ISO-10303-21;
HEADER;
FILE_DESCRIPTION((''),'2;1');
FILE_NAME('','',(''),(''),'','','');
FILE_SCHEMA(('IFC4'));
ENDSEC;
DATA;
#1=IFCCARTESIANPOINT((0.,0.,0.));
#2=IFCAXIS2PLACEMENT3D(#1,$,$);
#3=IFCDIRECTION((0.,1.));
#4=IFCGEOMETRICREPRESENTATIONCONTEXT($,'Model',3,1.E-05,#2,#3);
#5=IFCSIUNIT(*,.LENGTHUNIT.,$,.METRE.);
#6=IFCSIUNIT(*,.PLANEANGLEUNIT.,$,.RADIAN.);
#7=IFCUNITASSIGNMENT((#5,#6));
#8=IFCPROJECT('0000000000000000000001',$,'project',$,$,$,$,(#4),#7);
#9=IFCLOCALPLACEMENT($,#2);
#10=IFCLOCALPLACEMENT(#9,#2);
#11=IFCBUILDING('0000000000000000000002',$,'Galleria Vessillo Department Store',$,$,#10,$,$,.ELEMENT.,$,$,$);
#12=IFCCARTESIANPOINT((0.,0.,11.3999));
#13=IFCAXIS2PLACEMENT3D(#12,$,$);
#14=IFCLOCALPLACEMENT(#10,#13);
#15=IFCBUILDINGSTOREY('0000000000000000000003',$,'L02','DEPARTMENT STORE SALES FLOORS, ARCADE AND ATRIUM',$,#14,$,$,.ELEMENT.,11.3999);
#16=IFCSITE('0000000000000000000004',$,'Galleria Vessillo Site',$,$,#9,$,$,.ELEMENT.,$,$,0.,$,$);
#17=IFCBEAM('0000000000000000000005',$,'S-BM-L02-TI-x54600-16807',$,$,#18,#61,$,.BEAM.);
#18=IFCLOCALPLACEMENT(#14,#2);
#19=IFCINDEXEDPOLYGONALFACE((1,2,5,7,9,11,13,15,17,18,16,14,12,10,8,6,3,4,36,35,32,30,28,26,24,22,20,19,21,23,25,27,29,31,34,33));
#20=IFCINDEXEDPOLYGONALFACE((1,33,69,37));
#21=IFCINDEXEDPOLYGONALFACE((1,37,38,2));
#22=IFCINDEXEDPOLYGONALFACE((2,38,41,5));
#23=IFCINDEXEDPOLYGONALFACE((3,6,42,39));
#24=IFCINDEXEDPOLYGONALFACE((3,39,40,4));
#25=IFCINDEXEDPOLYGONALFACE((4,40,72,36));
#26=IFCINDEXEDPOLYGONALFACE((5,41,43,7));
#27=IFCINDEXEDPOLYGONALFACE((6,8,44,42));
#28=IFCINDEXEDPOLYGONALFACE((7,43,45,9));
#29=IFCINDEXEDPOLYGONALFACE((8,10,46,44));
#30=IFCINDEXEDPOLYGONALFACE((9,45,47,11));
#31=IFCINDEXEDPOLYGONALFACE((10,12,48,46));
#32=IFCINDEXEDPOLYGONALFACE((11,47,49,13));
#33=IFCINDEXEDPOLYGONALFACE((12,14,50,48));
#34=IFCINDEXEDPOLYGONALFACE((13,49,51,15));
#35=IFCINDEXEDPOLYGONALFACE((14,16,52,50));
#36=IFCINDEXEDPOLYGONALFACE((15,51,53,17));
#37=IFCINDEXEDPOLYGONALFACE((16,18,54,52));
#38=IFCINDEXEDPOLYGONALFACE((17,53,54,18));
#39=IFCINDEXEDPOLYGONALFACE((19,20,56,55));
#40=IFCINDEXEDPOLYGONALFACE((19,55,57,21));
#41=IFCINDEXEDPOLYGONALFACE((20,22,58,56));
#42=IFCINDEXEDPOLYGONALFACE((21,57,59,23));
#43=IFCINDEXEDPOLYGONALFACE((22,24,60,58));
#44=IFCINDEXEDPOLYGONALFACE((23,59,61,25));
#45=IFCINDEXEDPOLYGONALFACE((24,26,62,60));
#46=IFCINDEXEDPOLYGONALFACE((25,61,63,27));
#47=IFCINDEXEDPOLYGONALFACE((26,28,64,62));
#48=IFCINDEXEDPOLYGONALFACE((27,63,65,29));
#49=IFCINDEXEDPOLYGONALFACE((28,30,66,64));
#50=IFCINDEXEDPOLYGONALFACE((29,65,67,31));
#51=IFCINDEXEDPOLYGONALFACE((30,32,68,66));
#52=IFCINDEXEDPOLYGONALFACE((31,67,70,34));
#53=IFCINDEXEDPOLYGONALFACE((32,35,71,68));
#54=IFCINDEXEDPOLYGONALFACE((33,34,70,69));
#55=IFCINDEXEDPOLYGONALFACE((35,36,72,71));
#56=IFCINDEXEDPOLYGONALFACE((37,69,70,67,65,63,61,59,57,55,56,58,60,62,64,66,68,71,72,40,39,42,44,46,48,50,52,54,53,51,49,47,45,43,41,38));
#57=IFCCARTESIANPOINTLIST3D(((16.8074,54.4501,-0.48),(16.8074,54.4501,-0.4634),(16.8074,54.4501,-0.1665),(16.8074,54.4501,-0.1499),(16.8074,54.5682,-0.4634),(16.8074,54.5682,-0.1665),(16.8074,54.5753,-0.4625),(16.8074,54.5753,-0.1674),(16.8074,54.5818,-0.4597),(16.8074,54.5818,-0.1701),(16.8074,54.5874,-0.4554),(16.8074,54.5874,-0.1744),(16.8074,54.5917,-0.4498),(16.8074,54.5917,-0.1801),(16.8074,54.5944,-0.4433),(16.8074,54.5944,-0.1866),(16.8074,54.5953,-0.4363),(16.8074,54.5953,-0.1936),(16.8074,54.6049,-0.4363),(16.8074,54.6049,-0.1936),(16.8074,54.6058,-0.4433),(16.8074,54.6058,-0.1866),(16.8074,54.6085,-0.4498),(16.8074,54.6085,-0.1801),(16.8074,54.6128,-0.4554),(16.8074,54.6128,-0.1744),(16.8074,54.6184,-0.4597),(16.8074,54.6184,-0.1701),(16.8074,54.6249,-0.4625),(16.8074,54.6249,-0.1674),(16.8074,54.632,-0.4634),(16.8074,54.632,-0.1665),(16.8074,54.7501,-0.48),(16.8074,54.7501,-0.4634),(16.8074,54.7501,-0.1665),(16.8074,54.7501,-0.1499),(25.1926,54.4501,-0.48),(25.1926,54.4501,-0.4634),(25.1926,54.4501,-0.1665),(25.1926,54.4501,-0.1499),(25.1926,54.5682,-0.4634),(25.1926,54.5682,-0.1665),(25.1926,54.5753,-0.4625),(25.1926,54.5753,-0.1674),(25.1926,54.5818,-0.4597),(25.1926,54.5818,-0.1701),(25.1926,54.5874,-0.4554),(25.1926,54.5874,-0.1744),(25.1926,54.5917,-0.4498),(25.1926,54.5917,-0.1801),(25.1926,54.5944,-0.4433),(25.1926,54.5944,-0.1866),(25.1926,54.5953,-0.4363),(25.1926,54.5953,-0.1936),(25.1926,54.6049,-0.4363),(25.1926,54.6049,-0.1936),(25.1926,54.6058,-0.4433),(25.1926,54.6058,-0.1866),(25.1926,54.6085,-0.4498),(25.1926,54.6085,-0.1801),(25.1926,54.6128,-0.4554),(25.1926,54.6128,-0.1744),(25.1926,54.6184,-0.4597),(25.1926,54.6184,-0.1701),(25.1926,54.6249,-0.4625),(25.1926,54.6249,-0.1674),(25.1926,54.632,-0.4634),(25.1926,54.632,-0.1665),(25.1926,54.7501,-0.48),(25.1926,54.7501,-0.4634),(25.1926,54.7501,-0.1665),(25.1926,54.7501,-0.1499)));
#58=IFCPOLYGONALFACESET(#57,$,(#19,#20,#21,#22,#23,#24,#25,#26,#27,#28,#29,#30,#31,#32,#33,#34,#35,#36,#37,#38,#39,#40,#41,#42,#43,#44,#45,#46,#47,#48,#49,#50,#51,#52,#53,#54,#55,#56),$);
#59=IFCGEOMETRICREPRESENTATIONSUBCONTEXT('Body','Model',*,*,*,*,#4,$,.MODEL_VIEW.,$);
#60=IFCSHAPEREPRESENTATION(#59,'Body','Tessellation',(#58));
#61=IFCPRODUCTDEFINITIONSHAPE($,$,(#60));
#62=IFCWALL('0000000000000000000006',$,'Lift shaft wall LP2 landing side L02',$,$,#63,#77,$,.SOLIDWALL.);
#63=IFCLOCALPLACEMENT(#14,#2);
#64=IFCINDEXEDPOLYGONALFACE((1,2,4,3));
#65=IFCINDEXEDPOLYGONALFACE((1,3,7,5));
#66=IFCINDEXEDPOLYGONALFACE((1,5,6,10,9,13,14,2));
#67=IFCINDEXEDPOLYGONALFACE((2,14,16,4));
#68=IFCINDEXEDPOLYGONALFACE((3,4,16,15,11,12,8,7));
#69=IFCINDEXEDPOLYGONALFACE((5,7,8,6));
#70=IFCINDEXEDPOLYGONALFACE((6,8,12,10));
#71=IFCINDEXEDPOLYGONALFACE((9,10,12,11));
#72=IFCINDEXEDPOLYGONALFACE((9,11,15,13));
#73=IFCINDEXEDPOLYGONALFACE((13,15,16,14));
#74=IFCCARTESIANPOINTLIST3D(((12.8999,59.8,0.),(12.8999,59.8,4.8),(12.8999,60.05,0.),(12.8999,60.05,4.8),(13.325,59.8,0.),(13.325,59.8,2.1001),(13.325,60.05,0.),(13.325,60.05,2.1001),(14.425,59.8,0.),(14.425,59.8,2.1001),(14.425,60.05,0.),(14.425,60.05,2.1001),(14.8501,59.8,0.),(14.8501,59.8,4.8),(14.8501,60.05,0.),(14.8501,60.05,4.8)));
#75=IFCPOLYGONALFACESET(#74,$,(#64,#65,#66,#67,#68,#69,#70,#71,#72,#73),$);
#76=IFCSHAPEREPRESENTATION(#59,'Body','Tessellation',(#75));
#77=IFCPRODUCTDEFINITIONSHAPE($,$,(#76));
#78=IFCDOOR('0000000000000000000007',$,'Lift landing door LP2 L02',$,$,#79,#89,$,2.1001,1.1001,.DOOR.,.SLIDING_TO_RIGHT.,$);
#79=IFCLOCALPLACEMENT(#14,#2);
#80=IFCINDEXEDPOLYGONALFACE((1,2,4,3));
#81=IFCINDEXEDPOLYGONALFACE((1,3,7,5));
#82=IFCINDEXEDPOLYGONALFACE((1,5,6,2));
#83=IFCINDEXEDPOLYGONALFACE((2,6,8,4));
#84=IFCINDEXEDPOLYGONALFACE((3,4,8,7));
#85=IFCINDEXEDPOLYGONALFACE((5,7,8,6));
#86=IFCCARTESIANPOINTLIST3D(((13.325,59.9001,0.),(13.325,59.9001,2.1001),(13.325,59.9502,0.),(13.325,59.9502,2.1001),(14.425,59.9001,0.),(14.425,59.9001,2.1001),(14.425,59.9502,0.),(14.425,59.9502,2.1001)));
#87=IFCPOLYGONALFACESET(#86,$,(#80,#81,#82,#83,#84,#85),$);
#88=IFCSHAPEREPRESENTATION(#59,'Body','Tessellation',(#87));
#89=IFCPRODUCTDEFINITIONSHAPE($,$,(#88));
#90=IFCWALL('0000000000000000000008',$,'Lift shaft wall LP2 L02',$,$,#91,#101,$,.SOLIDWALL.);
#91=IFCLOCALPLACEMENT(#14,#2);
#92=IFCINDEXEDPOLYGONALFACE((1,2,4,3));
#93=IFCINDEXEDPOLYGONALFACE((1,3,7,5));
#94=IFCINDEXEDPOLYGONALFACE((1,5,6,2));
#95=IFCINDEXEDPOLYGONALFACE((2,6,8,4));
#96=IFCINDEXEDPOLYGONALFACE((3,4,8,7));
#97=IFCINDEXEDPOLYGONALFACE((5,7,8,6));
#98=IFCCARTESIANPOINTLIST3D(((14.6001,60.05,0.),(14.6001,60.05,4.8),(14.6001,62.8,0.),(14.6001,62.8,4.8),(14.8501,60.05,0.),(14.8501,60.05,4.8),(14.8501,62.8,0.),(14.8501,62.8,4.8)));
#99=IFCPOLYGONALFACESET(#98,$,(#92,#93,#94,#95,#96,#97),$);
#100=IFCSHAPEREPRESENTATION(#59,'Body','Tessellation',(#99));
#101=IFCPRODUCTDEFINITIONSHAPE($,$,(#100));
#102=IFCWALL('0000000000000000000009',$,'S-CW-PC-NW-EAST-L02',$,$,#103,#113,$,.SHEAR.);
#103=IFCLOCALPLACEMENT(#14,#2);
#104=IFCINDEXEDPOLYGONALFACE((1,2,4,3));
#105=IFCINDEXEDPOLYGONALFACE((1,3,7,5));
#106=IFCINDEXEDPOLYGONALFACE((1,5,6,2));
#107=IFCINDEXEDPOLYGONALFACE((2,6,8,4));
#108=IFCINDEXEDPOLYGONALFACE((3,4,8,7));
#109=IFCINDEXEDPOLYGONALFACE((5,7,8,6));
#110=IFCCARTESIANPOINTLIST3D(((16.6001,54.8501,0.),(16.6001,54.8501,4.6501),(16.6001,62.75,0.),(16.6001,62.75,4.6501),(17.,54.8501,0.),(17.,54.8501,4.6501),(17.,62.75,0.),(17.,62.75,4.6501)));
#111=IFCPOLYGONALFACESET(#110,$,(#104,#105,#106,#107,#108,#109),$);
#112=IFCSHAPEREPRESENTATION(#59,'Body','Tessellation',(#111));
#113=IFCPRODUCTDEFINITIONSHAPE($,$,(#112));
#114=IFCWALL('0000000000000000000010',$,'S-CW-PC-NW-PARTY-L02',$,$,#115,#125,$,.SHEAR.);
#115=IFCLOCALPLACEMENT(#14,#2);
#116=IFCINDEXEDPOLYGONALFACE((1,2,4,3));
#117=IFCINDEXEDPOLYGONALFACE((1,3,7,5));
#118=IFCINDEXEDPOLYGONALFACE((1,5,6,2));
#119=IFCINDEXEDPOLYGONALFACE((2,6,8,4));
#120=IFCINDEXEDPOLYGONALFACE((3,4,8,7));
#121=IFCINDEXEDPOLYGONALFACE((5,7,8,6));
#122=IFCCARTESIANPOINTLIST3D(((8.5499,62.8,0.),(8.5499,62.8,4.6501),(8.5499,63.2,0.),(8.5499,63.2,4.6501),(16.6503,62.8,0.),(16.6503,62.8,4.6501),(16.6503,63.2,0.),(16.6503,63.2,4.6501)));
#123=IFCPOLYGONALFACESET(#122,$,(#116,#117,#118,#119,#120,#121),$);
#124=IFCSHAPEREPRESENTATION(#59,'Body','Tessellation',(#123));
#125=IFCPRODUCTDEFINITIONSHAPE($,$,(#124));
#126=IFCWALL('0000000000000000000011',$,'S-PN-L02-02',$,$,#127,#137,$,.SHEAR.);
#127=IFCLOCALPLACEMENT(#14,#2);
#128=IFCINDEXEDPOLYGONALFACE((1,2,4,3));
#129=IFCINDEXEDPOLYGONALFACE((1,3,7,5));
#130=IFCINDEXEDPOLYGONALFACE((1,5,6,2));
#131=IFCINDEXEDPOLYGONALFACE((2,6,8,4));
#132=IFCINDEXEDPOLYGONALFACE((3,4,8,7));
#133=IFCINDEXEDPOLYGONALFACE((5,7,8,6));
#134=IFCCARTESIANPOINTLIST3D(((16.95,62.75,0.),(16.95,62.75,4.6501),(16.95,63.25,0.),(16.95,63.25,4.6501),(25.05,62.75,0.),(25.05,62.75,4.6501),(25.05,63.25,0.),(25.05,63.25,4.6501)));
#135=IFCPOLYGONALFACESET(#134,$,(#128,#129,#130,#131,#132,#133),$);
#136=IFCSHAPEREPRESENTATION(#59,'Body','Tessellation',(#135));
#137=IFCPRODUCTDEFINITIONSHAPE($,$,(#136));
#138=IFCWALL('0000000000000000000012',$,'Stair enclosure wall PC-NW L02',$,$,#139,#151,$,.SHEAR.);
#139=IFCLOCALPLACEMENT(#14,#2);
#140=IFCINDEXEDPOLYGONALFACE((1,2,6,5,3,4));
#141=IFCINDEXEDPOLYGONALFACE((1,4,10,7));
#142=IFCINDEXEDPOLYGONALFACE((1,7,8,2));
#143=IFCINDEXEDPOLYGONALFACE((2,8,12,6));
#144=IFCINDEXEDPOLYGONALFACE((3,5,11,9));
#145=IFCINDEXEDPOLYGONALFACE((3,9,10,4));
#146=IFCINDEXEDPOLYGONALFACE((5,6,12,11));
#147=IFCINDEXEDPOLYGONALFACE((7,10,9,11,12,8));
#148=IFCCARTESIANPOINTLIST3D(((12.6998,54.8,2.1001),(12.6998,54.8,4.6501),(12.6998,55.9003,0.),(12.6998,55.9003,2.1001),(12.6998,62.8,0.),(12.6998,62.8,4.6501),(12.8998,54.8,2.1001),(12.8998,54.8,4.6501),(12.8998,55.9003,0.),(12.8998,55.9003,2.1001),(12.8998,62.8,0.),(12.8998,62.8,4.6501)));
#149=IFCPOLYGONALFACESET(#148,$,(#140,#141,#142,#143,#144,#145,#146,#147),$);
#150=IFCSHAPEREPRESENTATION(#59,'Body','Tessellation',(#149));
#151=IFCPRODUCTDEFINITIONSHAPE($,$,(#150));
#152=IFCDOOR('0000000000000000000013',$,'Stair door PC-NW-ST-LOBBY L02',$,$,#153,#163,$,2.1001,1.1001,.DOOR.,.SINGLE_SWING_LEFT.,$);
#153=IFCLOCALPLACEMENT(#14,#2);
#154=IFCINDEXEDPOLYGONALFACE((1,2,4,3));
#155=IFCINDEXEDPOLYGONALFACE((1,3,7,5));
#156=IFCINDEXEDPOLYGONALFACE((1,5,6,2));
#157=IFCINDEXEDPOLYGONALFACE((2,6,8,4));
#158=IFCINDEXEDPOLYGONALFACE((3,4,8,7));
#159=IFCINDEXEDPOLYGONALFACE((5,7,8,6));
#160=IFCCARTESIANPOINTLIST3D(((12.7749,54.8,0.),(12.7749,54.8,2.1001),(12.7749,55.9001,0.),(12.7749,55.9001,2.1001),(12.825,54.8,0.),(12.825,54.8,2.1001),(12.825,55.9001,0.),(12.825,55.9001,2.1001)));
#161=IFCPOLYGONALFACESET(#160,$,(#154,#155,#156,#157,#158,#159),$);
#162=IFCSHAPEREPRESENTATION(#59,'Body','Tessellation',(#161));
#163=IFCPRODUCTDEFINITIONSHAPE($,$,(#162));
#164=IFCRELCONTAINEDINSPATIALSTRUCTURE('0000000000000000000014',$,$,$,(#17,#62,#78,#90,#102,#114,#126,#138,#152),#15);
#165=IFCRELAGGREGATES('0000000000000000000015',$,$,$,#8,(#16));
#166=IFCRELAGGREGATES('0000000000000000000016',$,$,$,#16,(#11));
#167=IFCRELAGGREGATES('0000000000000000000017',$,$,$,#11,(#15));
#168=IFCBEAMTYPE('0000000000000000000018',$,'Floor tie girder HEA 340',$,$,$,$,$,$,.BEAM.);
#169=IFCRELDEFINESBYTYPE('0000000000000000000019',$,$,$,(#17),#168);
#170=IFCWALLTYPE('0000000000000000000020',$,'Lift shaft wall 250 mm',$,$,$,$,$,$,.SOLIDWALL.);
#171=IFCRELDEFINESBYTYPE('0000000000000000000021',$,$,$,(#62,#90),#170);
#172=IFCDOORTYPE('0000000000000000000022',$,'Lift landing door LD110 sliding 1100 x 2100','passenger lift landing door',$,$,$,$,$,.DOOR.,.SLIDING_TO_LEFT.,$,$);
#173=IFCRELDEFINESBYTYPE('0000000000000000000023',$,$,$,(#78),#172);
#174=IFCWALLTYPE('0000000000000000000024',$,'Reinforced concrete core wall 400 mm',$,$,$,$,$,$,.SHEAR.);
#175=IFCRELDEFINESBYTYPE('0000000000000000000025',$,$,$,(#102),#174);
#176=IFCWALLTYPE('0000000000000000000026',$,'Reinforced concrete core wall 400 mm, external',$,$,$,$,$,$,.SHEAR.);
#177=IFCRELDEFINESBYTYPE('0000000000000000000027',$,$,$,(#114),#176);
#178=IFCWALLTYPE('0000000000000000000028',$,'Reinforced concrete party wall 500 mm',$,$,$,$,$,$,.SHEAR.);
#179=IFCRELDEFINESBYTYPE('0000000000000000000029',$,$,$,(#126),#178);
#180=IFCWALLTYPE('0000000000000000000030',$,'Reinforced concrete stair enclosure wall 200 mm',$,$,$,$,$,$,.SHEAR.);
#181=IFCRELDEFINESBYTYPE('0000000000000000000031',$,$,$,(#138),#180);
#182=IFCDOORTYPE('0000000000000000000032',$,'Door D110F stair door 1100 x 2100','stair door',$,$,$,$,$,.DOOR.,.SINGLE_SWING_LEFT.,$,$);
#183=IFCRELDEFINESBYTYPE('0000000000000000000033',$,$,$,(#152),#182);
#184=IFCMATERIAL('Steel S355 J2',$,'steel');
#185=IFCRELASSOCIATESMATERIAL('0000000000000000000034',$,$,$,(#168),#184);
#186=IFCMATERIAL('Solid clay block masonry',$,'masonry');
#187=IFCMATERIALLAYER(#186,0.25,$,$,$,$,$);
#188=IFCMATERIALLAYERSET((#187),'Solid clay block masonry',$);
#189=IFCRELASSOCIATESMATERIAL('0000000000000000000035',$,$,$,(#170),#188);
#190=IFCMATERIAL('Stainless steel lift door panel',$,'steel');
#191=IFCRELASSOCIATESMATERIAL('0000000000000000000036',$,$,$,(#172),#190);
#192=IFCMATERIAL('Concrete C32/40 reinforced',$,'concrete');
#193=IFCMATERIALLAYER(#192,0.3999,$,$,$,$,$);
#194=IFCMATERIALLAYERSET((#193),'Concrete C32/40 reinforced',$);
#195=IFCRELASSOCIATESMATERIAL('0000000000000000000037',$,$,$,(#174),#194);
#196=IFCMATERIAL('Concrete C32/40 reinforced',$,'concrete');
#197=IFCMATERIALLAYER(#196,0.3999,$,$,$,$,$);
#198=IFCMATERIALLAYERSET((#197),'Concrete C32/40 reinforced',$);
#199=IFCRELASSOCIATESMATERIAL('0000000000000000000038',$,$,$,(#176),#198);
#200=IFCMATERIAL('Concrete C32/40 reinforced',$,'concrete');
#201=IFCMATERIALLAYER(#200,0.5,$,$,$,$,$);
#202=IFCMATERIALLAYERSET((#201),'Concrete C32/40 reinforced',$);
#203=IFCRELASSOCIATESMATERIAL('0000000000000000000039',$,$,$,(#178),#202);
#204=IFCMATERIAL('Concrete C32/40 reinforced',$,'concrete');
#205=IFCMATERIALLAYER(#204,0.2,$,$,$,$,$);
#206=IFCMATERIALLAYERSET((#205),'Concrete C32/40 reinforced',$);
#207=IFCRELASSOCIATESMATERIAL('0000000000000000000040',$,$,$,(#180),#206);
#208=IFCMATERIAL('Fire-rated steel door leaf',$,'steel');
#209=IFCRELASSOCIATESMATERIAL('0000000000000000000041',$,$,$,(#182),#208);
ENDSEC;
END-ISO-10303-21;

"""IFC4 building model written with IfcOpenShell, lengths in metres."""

from ifc_helpers import new_model, si_unit, direction, frame, frame_2d, origin, origin_2d, place, context, subcontext, project, spatial, rectangle, i_section, extrude, material, layer, layer_set, material_profile, profile_set, type_object, element, fill, save


model = new_model("IFC4")

# Units and contexts
model_context = context("Model", 3, precision=1e-05, world=origin(), true_north=direction((0.0, 1.0)))
body_context = subcontext(model_context, "Body", "Model", "MODEL_VIEW")
ifc_project = project(units=[si_unit("LENGTHUNIT", "METRE"), si_unit("PLANEANGLEUNIT", "RADIAN")], contexts=[model_context])

# Site, building, storey
site_placement = place(None, origin())
site = spatial("IfcSite", under=ifc_project, at=site_placement, Name="Galleria Vessillo Site", CompositionType="ELEMENT", RefElevation=0.0)
building_placement = place(site_placement, origin())
building = spatial("IfcBuilding", under=site, at=building_placement, Name="Galleria Vessillo Department Store", CompositionType="ELEMENT")
storey_placement = place(building_placement, frame((0.0, 0.0, 11.3999)))
storey = spatial("IfcBuildingStorey", under=building, at=storey_placement, Name="L02", Description="DEPARTMENT STORE SALES FLOORS, ARCADE AND ATRIUM", CompositionType="ELEMENT", Elevation=11.3999)

# Beam
ifc_material_1 = material(Name="Steel S355 J2", Category="steel")
ifc_material_profile_1 = material_profile(ifc_material_1, i_section(OverallWidth=0.3, OverallDepth=0.3301, WebThickness=0.0095, FlangeThickness=0.0166, FilletRadius=0.0271, at=origin_2d()), Name="HEA 340")
ifc_profile_set_1 = profile_set([ifc_material_profile_1], Name="Steel S355 J2")
beam_type_1 = type_object("IfcBeamType", Name="Floor tie girder HEA 340", PredefinedType="BEAM", material=ifc_profile_set_1)
beam_placement = place(storey_placement, frame((16.8074, 54.6001, -0.3149), z_axis=(1.0, 0.0, 0.0), x_axis=(0.0, 1.0, 0.0)))
element("IfcBeam", 1, at=beam_placement, inside=storey, type_object=beam_type_1, Name="S-BM-L02-TI-x54600-16807", PredefinedType="BEAM", context=body_context, shape_type="SweptSolid", body=[
    extrude(i_section(OverallWidth=0.3, OverallDepth=0.3301, WebThickness=0.0095, FlangeThickness=0.0166, FilletRadius=0.0271, at=origin_2d()), origin(), (0.0, 0.0, 1.0), 8.3853),
])

# Wall, opening, door
ifc_material_2 = material(Name="Solid clay block masonry", Category="masonry")
ifc_layer_1 = layer(ifc_material_2, 0.25)
ifc_layer_set_1 = layer_set([ifc_layer_1], Name="Solid clay block masonry")
wall_type_1 = type_object("IfcWallType", Name="Lift shaft wall 250 mm", PredefinedType="SOLIDWALL", material=ifc_layer_set_1)
wall_1_placement = place(storey_placement, frame((12.8999, 59.925, 0.0), z_axis=(0.0, 0.0, 1.0), x_axis=(1.0, 0.0, 0.0)))
wall_1 = element("IfcWall", 2, at=wall_1_placement, inside=storey, type_object=wall_type_1, Name="Lift shaft wall LP2 landing side L02", PredefinedType="SOLIDWALL", context=body_context, shape_type="SweptSolid", body=[
    extrude(rectangle(XDim=1.9502, YDim=0.25, at=frame_2d((0.9751, 0.0))), origin(), (0.0, 0.0, 1.0), 4.8),
])
opening_1_placement = place(wall_1_placement, frame((0.425, 0.0, 0.0)))
opening_1 = element("IfcOpeningElement", 3, at=opening_1_placement, cuts=wall_1, PredefinedType="OPENING", context=body_context, shape_type="SweptSolid", body=[
    extrude(rectangle(XDim=1.1001, YDim=2.1001, at=frame_2d((0.55, 1.05))), frame((0.0, 0.135, 0.0), z_axis=(0.0, -1.0, 0.0), x_axis=(1.0, 0.0, 0.0)), (0.0, 0.0, 1.0), 0.27),
])
ifc_material_3 = material(Name="Stainless steel lift door panel", Category="steel")
door_type_1 = type_object("IfcDoorType", Name="Lift landing door LD110 sliding 1100 x 2100", Description="passenger lift landing door", OperationType="SLIDING_TO_LEFT", PredefinedType="DOOR", material=ifc_material_3)
door_1_placement = place(opening_1_placement, frame((1.1001, 0.0, 0.0), z_axis=(0.0, 0.0, 1.0), x_axis=(-1.0, 0.0, 0.0)))
door_1 = element("IfcDoor", 4, at=door_1_placement, inside=storey, type_object=door_type_1, Name="Lift landing door LP2 L02", OperationType="SLIDING_TO_RIGHT", OverallHeight=2.1001, OverallWidth=1.1001, PredefinedType="DOOR", context=body_context, shape_type="SweptSolid", body=[
    extrude(rectangle(XDim=1.1001, YDim=2.1001, at=frame_2d((0.55, 1.05))), frame((0.0, 0.0249, 0.0), z_axis=(0.0, -1.0, 0.0), x_axis=(1.0, 0.0, 0.0)), (0.0, 0.0, 1.0), 0.05),
])
fill(opening_1, door_1)

# Walls
wall_2_placement = place(storey_placement, frame((14.7251, 62.8, 0.0), z_axis=(0.0, 0.0, 1.0), x_axis=(0.0, -1.0, 0.0)))
element("IfcWall", 5, at=wall_2_placement, inside=storey, type_object=wall_type_1, Name="Lift shaft wall LP2 L02", PredefinedType="SOLIDWALL", context=body_context, shape_type="SweptSolid", body=[
    extrude(rectangle(XDim=2.75, YDim=0.25, at=frame_2d((1.375, 0.0))), origin(), (0.0, 0.0, 1.0), 4.8),
])
ifc_material_4 = material(Name="Concrete C32/40 reinforced", Category="concrete")
ifc_layer_2 = layer(ifc_material_4, 0.3999)
ifc_layer_set_2 = layer_set([ifc_layer_2], Name="Concrete C32/40 reinforced")
wall_type_2 = type_object("IfcWallType", Name="Reinforced concrete core wall 400 mm", PredefinedType="SHEAR", material=ifc_layer_set_2)
wall_3_placement = place(storey_placement, frame((16.8, 54.8501, 0.0), z_axis=(0.0, 0.0, 1.0), x_axis=(0.0, 1.0, 0.0)))
element("IfcWall", 6, at=wall_3_placement, inside=storey, type_object=wall_type_2, Name="S-CW-PC-NW-EAST-L02", PredefinedType="SHEAR", context=body_context, shape_type="SweptSolid", body=[
    extrude(rectangle(XDim=7.8999, YDim=0.3999, at=frame_2d((3.95, 0.0))), origin(), (0.0, 0.0, 1.0), 4.6501),
])
ifc_material_5 = material(Name="Concrete C32/40 reinforced", Category="concrete")
ifc_layer_3 = layer(ifc_material_5, 0.3999)
ifc_layer_set_3 = layer_set([ifc_layer_3], Name="Concrete C32/40 reinforced")
wall_type_3 = type_object("IfcWallType", Name="Reinforced concrete core wall 400 mm, external", PredefinedType="SHEAR", material=ifc_layer_set_3)
wall_4_placement = place(storey_placement, frame((8.5498, 63.0, 0.0), z_axis=(0.0, 0.0, 1.0), x_axis=(1.0, 0.0, 0.0)))
element("IfcWall", 7, at=wall_4_placement, inside=storey, type_object=wall_type_3, Name="S-CW-PC-NW-PARTY-L02", PredefinedType="SHEAR", context=body_context, shape_type="SweptSolid", body=[
    extrude(rectangle(XDim=8.1003, YDim=0.3999, at=frame_2d((4.0503, 0.0))), origin(), (0.0, 0.0, 1.0), 4.6501),
])
ifc_material_6 = material(Name="Concrete C32/40 reinforced", Category="concrete")
ifc_layer_4 = layer(ifc_material_6, 0.5)
ifc_layer_set_4 = layer_set([ifc_layer_4], Name="Concrete C32/40 reinforced")
wall_type_4 = type_object("IfcWallType", Name="Reinforced concrete party wall 500 mm", PredefinedType="SHEAR", material=ifc_layer_set_4)
wall_5_placement = place(storey_placement, frame((16.95, 63.0, 0.0), z_axis=(0.0, 0.0, 1.0), x_axis=(1.0, 0.0, 0.0)))
element("IfcWall", 8, at=wall_5_placement, inside=storey, type_object=wall_type_4, Name="S-PN-L02-02", PredefinedType="SHEAR", context=body_context, shape_type="SweptSolid", body=[
    extrude(rectangle(XDim=8.1001, YDim=0.5, at=frame_2d((4.05, 0.0))), origin(), (0.0, 0.0, 1.0), 4.6501),
])

# Wall, opening, door
ifc_material_7 = material(Name="Concrete C32/40 reinforced", Category="concrete")
ifc_layer_5 = layer(ifc_material_7, 0.2)
ifc_layer_set_5 = layer_set([ifc_layer_5], Name="Concrete C32/40 reinforced")
wall_type_5 = type_object("IfcWallType", Name="Reinforced concrete stair enclosure wall 200 mm", PredefinedType="SHEAR", material=ifc_layer_set_5)
wall_6_placement = place(storey_placement, frame((12.7998, 62.8, 0.0), z_axis=(0.0, 0.0, 1.0), x_axis=(0.0, -1.0, 0.0)))
wall_6 = element("IfcWall", 9, at=wall_6_placement, inside=storey, type_object=wall_type_5, Name="Stair enclosure wall PC-NW L02", PredefinedType="SHEAR", context=body_context, shape_type="SweptSolid", body=[
    extrude(rectangle(XDim=8.0, YDim=0.2, at=frame_2d((4.0, 0.0))), origin(), (0.0, 0.0, 1.0), 4.6501),
])
opening_2_placement = place(wall_6_placement, frame((6.8999, 0.0, 0.0)))
opening_2 = element("IfcOpeningElement", 10, at=opening_2_placement, cuts=wall_6, PredefinedType="OPENING", context=body_context, shape_type="SweptSolid", body=[
    extrude(rectangle(XDim=1.1101, YDim=2.1001, at=frame_2d((0.5549, 1.05))), frame((0.0, 0.1099, 0.0), z_axis=(0.0, -1.0, 0.0), x_axis=(1.0, 0.0, 0.0)), (0.0, 0.0, 1.0), 0.22),
])
ifc_material_8 = material(Name="Fire-rated steel door leaf", Category="steel")
door_type_2 = type_object("IfcDoorType", Name="Door D110F stair door 1100 x 2100", Description="stair door", OperationType="SINGLE_SWING_LEFT", PredefinedType="DOOR", material=ifc_material_8)
door_2_placement = place(opening_2_placement, frame((1.1001, 0.0, 0.0), z_axis=(0.0, 0.0, 1.0), x_axis=(-1.0, 0.0, 0.0)))
door_2 = element("IfcDoor", 11, at=door_2_placement, inside=storey, type_object=door_type_2, Name="Stair door PC-NW-ST-LOBBY L02", OperationType="SINGLE_SWING_LEFT", OverallHeight=2.1001, OverallWidth=1.1001, PredefinedType="DOOR", context=body_context, shape_type="SweptSolid", body=[
    extrude(rectangle(XDim=1.1001, YDim=2.1001, at=frame_2d((0.55, 1.05))), frame((0.0, 0.0249, 0.0), z_axis=(0.0, -1.0, 0.0), x_axis=(1.0, 0.0, 0.0)), (0.0, 0.0, 1.0), 0.05),
])
fill(opening_2, door_2)

save(model, "model.ifc")
